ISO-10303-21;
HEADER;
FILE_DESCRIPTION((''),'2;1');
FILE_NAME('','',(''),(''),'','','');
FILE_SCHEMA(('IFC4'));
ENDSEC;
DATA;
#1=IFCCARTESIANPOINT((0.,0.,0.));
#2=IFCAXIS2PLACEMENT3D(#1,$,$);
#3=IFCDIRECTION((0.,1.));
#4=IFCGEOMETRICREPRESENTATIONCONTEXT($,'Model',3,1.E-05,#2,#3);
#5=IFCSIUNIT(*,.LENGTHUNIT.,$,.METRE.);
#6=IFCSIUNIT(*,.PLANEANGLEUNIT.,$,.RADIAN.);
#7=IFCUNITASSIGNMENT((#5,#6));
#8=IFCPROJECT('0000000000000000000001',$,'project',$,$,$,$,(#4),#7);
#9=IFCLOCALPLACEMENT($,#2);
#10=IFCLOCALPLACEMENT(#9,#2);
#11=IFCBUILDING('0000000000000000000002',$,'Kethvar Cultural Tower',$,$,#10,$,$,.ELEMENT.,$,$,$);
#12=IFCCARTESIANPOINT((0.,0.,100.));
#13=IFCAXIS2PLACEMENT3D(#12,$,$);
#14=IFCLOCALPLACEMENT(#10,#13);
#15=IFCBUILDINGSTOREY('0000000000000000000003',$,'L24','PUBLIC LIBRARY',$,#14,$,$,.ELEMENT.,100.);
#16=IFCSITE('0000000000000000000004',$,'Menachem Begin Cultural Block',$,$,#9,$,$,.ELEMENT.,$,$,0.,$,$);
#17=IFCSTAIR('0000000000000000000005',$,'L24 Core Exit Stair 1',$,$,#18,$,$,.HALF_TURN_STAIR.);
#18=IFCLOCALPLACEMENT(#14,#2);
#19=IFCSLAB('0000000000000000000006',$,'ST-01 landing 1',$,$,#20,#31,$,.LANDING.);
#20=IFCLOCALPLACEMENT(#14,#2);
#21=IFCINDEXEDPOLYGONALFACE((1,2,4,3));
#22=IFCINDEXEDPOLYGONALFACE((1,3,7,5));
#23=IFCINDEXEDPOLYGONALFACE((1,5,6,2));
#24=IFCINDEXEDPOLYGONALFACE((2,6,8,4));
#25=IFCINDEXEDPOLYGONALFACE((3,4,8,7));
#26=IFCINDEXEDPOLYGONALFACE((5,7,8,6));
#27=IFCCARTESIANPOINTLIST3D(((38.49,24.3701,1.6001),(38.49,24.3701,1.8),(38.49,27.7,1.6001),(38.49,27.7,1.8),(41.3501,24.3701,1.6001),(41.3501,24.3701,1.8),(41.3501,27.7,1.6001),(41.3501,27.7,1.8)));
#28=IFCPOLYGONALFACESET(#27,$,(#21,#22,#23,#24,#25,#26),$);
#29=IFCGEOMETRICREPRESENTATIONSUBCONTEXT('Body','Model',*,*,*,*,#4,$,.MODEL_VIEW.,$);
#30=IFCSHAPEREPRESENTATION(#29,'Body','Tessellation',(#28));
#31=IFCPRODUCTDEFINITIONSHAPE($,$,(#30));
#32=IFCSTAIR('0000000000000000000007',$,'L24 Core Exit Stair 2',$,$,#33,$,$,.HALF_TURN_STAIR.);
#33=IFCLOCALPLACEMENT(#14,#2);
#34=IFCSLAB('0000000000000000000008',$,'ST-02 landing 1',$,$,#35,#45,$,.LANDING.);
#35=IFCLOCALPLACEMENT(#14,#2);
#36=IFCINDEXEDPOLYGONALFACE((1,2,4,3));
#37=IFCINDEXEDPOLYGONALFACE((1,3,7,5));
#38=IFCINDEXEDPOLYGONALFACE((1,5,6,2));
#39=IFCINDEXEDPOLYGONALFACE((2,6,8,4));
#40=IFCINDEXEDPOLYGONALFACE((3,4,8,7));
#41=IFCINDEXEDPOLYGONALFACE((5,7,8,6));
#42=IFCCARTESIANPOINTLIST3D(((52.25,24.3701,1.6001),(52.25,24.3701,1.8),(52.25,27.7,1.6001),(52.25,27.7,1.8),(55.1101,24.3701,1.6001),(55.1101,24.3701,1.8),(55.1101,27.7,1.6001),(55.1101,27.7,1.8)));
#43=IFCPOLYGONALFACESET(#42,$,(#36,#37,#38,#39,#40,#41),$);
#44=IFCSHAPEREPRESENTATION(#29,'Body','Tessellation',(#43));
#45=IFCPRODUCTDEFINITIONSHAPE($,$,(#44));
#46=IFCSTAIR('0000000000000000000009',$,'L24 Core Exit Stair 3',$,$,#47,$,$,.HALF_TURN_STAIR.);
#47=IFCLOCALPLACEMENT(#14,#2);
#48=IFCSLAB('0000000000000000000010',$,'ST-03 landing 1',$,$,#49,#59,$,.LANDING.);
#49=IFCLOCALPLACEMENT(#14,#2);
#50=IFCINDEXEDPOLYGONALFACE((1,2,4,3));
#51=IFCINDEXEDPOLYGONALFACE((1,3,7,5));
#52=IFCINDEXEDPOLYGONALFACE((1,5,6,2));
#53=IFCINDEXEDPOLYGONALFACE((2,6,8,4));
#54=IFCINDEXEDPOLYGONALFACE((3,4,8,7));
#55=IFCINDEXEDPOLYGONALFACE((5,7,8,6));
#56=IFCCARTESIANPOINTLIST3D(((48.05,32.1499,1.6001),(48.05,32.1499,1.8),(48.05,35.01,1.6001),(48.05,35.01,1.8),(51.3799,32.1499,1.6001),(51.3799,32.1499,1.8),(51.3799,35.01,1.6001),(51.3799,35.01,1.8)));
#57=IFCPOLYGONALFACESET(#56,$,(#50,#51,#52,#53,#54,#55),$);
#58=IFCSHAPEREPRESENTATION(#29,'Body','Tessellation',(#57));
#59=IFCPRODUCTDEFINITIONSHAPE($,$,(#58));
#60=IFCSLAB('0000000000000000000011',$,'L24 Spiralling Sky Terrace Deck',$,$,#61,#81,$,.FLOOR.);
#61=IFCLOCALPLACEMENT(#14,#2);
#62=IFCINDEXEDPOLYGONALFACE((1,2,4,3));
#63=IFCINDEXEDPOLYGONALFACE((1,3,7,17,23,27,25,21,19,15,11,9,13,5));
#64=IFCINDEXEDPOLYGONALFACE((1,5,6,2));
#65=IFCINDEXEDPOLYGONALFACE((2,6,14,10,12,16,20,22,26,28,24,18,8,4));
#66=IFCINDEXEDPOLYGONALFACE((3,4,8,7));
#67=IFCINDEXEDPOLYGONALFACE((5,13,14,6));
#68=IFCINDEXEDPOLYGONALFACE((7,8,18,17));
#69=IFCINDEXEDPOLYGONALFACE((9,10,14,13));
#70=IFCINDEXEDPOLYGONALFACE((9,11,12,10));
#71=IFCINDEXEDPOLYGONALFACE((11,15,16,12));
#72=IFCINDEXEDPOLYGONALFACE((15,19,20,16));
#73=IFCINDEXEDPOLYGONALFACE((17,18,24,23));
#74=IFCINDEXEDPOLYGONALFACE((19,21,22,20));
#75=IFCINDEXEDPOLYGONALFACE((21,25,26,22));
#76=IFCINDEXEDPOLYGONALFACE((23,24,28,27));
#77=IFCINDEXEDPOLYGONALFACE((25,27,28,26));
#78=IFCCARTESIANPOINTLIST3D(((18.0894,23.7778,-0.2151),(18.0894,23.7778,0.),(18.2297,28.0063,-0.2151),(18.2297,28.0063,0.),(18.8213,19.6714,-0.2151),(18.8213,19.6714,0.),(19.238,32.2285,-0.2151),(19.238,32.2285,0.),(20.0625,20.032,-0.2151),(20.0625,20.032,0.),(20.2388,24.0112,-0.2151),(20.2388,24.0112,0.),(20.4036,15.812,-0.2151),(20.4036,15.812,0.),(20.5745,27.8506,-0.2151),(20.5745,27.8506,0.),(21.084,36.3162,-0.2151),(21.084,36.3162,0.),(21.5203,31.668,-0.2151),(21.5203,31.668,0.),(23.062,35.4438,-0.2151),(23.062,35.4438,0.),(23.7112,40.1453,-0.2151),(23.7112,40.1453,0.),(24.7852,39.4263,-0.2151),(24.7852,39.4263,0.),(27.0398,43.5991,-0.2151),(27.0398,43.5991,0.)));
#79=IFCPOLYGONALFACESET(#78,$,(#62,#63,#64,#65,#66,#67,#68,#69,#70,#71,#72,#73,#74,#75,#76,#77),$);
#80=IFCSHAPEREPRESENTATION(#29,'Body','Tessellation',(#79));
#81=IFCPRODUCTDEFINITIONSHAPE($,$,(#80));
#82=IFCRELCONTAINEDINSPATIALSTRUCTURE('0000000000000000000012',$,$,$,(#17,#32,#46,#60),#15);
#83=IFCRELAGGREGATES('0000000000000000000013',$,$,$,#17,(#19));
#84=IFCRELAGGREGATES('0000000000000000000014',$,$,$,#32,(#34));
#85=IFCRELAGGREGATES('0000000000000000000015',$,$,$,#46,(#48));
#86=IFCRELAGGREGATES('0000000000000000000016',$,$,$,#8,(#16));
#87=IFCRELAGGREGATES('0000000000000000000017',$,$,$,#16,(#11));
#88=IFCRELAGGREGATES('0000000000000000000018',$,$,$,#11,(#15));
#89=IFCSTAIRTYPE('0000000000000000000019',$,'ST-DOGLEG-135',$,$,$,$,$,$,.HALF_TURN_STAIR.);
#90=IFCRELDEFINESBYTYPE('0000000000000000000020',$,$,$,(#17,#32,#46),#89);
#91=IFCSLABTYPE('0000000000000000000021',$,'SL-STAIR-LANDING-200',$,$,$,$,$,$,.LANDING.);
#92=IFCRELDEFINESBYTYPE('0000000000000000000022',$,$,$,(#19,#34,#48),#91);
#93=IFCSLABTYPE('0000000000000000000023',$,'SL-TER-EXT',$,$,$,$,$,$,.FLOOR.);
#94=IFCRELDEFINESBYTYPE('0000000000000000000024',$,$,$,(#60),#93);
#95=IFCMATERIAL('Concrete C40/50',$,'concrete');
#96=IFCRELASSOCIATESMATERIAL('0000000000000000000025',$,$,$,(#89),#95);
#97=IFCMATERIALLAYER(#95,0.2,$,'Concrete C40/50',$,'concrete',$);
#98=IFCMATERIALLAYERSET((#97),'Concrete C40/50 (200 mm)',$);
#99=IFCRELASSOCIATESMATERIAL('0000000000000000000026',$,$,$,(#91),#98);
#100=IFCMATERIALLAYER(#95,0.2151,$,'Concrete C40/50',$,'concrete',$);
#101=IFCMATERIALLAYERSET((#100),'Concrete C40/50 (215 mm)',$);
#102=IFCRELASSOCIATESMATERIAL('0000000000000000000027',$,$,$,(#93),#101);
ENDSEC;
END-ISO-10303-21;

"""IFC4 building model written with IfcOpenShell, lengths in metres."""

from ifc_helpers import new_model, si_unit, direction, frame, origin, place, context, subcontext, project, spatial, polyline, outline, extrude, material, layer, layer_set, type_object, element, aggregate, save


model = new_model("IFC4")

# Units and contexts
model_context = context("Model", 3, precision=1e-05, world=origin(), true_north=direction((0.0, 1.0)))
body_context = subcontext(model_context, "Body", "Model", "MODEL_VIEW")
ifc_project = project(units=[si_unit("LENGTHUNIT", "METRE"), si_unit("PLANEANGLEUNIT", "RADIAN")], contexts=[model_context])

# Site, building, storey
site_placement = place(None, origin())
site = spatial("IfcSite", under=ifc_project, at=site_placement, Name="Menachem Begin Cultural Block", CompositionType="ELEMENT", RefElevation=0.0)
building_placement = place(site_placement, origin())
building = spatial("IfcBuilding", under=site, at=building_placement, Name="Kethvar Cultural Tower", CompositionType="ELEMENT")
storey_placement = place(building_placement, frame((0.0, 0.0, 100.0)))
storey = spatial("IfcBuildingStorey", under=building, at=storey_placement, Name="L24", Description="PUBLIC LIBRARY", CompositionType="ELEMENT", Elevation=100.0)

# Stairs, slabs
ifc_material_1 = material(Name="Concrete C40/50", Category="concrete")
stair_type = type_object("IfcStairType", Name="ST-DOGLEG-135", PredefinedType="HALF_TURN_STAIR", material=ifc_material_1)
stair_1_placement = place(storey_placement, origin())
stair_1 = element("IfcStair", 1, at=stair_1_placement, inside=storey, type_object=stair_type, Name="L24 Core Exit Stair 1", PredefinedType="HALF_TURN_STAIR")
ifc_layer_1 = layer(ifc_material_1, 0.2, Name="Concrete C40/50", Category="concrete")
ifc_layer_set_1 = layer_set([ifc_layer_1], Name="Concrete C40/50 (200 mm)")
slab_type_1 = type_object("IfcSlabType", Name="SL-STAIR-LANDING-200", PredefinedType="LANDING", material=ifc_layer_set_1)
slab_1_placement = place(storey_placement, frame((0.0, 0.0, 1.6001)))
slab_1 = element("IfcSlab", 2, at=slab_1_placement, type_object=slab_type_1, Name="ST-01 landing 1", PredefinedType="LANDING", context=body_context, shape_type="SweptSolid", body=[
    extrude(outline(polyline([(41.3501, 24.3701), (41.3501, 27.7), (38.49, 27.7), (38.49, 24.3701), (41.3501, 24.3701)])), origin(), (0.0, 0.0, 1.0), 0.2),
])
aggregate(stair_1, [slab_1])
stair_2_placement = place(storey_placement, origin())
stair_2 = element("IfcStair", 3, at=stair_2_placement, inside=storey, type_object=stair_type, Name="L24 Core Exit Stair 2", PredefinedType="HALF_TURN_STAIR")
slab_2_placement = place(storey_placement, frame((0.0, 0.0, 1.6001)))
slab_2 = element("IfcSlab", 4, at=slab_2_placement, type_object=slab_type_1, Name="ST-02 landing 1", PredefinedType="LANDING", context=body_context, shape_type="SweptSolid", body=[
    extrude(outline(polyline([(55.1101, 24.3701), (55.1101, 27.7), (52.25, 27.7), (52.25, 24.3701), (55.1101, 24.3701)])), origin(), (0.0, 0.0, 1.0), 0.2),
])
aggregate(stair_2, [slab_2])
stair_3_placement = place(storey_placement, origin())
stair_3 = element("IfcStair", 5, at=stair_3_placement, inside=storey, type_object=stair_type, Name="L24 Core Exit Stair 3", PredefinedType="HALF_TURN_STAIR")
slab_3_placement = place(storey_placement, frame((0.0, 0.0, 1.6001)))
slab_3 = element("IfcSlab", 6, at=slab_3_placement, type_object=slab_type_1, Name="ST-03 landing 1", PredefinedType="LANDING", context=body_context, shape_type="SweptSolid", body=[
    extrude(outline(polyline([(51.3799, 35.01), (48.05, 35.01), (48.05, 32.1499), (51.3799, 32.1499), (51.3799, 35.01)])), origin(), (0.0, 0.0, 1.0), 0.2),
])
aggregate(stair_3, [slab_3])

# Slab
ifc_layer_2 = layer(ifc_material_1, 0.2151, Name="Concrete C40/50", Category="concrete")
ifc_layer_set_2 = layer_set([ifc_layer_2], Name="Concrete C40/50 (215 mm)")
slab_type_2 = type_object("IfcSlabType", Name="SL-TER-EXT", PredefinedType="FLOOR", material=ifc_layer_set_2)
slab_4_placement = place(storey_placement, frame((0.0, 0.0, -0.2151)))
element("IfcSlab", 7, at=slab_4_placement, inside=storey, type_object=slab_type_2, Name="L24 Spiralling Sky Terrace Deck", PredefinedType="FLOOR", context=body_context, shape_type="SweptSolid", body=[
    extrude(outline(polyline([(27.0398, 43.5991), (23.7112, 40.1453), (21.084, 36.3162), (19.238, 32.2285), (18.2297, 28.0063), (18.0894, 23.7778), (18.8213, 19.6714), (20.4036, 15.812), (20.0625, 20.032), (20.2388, 24.0112), (20.5745, 27.8506), (21.5203, 31.668), (23.062, 35.4438), (24.7852, 39.4263), (27.0398, 43.5991)])), origin(), (0.0, 0.0, 1.0), 0.2151),
])

save(model, "model.ifc")
